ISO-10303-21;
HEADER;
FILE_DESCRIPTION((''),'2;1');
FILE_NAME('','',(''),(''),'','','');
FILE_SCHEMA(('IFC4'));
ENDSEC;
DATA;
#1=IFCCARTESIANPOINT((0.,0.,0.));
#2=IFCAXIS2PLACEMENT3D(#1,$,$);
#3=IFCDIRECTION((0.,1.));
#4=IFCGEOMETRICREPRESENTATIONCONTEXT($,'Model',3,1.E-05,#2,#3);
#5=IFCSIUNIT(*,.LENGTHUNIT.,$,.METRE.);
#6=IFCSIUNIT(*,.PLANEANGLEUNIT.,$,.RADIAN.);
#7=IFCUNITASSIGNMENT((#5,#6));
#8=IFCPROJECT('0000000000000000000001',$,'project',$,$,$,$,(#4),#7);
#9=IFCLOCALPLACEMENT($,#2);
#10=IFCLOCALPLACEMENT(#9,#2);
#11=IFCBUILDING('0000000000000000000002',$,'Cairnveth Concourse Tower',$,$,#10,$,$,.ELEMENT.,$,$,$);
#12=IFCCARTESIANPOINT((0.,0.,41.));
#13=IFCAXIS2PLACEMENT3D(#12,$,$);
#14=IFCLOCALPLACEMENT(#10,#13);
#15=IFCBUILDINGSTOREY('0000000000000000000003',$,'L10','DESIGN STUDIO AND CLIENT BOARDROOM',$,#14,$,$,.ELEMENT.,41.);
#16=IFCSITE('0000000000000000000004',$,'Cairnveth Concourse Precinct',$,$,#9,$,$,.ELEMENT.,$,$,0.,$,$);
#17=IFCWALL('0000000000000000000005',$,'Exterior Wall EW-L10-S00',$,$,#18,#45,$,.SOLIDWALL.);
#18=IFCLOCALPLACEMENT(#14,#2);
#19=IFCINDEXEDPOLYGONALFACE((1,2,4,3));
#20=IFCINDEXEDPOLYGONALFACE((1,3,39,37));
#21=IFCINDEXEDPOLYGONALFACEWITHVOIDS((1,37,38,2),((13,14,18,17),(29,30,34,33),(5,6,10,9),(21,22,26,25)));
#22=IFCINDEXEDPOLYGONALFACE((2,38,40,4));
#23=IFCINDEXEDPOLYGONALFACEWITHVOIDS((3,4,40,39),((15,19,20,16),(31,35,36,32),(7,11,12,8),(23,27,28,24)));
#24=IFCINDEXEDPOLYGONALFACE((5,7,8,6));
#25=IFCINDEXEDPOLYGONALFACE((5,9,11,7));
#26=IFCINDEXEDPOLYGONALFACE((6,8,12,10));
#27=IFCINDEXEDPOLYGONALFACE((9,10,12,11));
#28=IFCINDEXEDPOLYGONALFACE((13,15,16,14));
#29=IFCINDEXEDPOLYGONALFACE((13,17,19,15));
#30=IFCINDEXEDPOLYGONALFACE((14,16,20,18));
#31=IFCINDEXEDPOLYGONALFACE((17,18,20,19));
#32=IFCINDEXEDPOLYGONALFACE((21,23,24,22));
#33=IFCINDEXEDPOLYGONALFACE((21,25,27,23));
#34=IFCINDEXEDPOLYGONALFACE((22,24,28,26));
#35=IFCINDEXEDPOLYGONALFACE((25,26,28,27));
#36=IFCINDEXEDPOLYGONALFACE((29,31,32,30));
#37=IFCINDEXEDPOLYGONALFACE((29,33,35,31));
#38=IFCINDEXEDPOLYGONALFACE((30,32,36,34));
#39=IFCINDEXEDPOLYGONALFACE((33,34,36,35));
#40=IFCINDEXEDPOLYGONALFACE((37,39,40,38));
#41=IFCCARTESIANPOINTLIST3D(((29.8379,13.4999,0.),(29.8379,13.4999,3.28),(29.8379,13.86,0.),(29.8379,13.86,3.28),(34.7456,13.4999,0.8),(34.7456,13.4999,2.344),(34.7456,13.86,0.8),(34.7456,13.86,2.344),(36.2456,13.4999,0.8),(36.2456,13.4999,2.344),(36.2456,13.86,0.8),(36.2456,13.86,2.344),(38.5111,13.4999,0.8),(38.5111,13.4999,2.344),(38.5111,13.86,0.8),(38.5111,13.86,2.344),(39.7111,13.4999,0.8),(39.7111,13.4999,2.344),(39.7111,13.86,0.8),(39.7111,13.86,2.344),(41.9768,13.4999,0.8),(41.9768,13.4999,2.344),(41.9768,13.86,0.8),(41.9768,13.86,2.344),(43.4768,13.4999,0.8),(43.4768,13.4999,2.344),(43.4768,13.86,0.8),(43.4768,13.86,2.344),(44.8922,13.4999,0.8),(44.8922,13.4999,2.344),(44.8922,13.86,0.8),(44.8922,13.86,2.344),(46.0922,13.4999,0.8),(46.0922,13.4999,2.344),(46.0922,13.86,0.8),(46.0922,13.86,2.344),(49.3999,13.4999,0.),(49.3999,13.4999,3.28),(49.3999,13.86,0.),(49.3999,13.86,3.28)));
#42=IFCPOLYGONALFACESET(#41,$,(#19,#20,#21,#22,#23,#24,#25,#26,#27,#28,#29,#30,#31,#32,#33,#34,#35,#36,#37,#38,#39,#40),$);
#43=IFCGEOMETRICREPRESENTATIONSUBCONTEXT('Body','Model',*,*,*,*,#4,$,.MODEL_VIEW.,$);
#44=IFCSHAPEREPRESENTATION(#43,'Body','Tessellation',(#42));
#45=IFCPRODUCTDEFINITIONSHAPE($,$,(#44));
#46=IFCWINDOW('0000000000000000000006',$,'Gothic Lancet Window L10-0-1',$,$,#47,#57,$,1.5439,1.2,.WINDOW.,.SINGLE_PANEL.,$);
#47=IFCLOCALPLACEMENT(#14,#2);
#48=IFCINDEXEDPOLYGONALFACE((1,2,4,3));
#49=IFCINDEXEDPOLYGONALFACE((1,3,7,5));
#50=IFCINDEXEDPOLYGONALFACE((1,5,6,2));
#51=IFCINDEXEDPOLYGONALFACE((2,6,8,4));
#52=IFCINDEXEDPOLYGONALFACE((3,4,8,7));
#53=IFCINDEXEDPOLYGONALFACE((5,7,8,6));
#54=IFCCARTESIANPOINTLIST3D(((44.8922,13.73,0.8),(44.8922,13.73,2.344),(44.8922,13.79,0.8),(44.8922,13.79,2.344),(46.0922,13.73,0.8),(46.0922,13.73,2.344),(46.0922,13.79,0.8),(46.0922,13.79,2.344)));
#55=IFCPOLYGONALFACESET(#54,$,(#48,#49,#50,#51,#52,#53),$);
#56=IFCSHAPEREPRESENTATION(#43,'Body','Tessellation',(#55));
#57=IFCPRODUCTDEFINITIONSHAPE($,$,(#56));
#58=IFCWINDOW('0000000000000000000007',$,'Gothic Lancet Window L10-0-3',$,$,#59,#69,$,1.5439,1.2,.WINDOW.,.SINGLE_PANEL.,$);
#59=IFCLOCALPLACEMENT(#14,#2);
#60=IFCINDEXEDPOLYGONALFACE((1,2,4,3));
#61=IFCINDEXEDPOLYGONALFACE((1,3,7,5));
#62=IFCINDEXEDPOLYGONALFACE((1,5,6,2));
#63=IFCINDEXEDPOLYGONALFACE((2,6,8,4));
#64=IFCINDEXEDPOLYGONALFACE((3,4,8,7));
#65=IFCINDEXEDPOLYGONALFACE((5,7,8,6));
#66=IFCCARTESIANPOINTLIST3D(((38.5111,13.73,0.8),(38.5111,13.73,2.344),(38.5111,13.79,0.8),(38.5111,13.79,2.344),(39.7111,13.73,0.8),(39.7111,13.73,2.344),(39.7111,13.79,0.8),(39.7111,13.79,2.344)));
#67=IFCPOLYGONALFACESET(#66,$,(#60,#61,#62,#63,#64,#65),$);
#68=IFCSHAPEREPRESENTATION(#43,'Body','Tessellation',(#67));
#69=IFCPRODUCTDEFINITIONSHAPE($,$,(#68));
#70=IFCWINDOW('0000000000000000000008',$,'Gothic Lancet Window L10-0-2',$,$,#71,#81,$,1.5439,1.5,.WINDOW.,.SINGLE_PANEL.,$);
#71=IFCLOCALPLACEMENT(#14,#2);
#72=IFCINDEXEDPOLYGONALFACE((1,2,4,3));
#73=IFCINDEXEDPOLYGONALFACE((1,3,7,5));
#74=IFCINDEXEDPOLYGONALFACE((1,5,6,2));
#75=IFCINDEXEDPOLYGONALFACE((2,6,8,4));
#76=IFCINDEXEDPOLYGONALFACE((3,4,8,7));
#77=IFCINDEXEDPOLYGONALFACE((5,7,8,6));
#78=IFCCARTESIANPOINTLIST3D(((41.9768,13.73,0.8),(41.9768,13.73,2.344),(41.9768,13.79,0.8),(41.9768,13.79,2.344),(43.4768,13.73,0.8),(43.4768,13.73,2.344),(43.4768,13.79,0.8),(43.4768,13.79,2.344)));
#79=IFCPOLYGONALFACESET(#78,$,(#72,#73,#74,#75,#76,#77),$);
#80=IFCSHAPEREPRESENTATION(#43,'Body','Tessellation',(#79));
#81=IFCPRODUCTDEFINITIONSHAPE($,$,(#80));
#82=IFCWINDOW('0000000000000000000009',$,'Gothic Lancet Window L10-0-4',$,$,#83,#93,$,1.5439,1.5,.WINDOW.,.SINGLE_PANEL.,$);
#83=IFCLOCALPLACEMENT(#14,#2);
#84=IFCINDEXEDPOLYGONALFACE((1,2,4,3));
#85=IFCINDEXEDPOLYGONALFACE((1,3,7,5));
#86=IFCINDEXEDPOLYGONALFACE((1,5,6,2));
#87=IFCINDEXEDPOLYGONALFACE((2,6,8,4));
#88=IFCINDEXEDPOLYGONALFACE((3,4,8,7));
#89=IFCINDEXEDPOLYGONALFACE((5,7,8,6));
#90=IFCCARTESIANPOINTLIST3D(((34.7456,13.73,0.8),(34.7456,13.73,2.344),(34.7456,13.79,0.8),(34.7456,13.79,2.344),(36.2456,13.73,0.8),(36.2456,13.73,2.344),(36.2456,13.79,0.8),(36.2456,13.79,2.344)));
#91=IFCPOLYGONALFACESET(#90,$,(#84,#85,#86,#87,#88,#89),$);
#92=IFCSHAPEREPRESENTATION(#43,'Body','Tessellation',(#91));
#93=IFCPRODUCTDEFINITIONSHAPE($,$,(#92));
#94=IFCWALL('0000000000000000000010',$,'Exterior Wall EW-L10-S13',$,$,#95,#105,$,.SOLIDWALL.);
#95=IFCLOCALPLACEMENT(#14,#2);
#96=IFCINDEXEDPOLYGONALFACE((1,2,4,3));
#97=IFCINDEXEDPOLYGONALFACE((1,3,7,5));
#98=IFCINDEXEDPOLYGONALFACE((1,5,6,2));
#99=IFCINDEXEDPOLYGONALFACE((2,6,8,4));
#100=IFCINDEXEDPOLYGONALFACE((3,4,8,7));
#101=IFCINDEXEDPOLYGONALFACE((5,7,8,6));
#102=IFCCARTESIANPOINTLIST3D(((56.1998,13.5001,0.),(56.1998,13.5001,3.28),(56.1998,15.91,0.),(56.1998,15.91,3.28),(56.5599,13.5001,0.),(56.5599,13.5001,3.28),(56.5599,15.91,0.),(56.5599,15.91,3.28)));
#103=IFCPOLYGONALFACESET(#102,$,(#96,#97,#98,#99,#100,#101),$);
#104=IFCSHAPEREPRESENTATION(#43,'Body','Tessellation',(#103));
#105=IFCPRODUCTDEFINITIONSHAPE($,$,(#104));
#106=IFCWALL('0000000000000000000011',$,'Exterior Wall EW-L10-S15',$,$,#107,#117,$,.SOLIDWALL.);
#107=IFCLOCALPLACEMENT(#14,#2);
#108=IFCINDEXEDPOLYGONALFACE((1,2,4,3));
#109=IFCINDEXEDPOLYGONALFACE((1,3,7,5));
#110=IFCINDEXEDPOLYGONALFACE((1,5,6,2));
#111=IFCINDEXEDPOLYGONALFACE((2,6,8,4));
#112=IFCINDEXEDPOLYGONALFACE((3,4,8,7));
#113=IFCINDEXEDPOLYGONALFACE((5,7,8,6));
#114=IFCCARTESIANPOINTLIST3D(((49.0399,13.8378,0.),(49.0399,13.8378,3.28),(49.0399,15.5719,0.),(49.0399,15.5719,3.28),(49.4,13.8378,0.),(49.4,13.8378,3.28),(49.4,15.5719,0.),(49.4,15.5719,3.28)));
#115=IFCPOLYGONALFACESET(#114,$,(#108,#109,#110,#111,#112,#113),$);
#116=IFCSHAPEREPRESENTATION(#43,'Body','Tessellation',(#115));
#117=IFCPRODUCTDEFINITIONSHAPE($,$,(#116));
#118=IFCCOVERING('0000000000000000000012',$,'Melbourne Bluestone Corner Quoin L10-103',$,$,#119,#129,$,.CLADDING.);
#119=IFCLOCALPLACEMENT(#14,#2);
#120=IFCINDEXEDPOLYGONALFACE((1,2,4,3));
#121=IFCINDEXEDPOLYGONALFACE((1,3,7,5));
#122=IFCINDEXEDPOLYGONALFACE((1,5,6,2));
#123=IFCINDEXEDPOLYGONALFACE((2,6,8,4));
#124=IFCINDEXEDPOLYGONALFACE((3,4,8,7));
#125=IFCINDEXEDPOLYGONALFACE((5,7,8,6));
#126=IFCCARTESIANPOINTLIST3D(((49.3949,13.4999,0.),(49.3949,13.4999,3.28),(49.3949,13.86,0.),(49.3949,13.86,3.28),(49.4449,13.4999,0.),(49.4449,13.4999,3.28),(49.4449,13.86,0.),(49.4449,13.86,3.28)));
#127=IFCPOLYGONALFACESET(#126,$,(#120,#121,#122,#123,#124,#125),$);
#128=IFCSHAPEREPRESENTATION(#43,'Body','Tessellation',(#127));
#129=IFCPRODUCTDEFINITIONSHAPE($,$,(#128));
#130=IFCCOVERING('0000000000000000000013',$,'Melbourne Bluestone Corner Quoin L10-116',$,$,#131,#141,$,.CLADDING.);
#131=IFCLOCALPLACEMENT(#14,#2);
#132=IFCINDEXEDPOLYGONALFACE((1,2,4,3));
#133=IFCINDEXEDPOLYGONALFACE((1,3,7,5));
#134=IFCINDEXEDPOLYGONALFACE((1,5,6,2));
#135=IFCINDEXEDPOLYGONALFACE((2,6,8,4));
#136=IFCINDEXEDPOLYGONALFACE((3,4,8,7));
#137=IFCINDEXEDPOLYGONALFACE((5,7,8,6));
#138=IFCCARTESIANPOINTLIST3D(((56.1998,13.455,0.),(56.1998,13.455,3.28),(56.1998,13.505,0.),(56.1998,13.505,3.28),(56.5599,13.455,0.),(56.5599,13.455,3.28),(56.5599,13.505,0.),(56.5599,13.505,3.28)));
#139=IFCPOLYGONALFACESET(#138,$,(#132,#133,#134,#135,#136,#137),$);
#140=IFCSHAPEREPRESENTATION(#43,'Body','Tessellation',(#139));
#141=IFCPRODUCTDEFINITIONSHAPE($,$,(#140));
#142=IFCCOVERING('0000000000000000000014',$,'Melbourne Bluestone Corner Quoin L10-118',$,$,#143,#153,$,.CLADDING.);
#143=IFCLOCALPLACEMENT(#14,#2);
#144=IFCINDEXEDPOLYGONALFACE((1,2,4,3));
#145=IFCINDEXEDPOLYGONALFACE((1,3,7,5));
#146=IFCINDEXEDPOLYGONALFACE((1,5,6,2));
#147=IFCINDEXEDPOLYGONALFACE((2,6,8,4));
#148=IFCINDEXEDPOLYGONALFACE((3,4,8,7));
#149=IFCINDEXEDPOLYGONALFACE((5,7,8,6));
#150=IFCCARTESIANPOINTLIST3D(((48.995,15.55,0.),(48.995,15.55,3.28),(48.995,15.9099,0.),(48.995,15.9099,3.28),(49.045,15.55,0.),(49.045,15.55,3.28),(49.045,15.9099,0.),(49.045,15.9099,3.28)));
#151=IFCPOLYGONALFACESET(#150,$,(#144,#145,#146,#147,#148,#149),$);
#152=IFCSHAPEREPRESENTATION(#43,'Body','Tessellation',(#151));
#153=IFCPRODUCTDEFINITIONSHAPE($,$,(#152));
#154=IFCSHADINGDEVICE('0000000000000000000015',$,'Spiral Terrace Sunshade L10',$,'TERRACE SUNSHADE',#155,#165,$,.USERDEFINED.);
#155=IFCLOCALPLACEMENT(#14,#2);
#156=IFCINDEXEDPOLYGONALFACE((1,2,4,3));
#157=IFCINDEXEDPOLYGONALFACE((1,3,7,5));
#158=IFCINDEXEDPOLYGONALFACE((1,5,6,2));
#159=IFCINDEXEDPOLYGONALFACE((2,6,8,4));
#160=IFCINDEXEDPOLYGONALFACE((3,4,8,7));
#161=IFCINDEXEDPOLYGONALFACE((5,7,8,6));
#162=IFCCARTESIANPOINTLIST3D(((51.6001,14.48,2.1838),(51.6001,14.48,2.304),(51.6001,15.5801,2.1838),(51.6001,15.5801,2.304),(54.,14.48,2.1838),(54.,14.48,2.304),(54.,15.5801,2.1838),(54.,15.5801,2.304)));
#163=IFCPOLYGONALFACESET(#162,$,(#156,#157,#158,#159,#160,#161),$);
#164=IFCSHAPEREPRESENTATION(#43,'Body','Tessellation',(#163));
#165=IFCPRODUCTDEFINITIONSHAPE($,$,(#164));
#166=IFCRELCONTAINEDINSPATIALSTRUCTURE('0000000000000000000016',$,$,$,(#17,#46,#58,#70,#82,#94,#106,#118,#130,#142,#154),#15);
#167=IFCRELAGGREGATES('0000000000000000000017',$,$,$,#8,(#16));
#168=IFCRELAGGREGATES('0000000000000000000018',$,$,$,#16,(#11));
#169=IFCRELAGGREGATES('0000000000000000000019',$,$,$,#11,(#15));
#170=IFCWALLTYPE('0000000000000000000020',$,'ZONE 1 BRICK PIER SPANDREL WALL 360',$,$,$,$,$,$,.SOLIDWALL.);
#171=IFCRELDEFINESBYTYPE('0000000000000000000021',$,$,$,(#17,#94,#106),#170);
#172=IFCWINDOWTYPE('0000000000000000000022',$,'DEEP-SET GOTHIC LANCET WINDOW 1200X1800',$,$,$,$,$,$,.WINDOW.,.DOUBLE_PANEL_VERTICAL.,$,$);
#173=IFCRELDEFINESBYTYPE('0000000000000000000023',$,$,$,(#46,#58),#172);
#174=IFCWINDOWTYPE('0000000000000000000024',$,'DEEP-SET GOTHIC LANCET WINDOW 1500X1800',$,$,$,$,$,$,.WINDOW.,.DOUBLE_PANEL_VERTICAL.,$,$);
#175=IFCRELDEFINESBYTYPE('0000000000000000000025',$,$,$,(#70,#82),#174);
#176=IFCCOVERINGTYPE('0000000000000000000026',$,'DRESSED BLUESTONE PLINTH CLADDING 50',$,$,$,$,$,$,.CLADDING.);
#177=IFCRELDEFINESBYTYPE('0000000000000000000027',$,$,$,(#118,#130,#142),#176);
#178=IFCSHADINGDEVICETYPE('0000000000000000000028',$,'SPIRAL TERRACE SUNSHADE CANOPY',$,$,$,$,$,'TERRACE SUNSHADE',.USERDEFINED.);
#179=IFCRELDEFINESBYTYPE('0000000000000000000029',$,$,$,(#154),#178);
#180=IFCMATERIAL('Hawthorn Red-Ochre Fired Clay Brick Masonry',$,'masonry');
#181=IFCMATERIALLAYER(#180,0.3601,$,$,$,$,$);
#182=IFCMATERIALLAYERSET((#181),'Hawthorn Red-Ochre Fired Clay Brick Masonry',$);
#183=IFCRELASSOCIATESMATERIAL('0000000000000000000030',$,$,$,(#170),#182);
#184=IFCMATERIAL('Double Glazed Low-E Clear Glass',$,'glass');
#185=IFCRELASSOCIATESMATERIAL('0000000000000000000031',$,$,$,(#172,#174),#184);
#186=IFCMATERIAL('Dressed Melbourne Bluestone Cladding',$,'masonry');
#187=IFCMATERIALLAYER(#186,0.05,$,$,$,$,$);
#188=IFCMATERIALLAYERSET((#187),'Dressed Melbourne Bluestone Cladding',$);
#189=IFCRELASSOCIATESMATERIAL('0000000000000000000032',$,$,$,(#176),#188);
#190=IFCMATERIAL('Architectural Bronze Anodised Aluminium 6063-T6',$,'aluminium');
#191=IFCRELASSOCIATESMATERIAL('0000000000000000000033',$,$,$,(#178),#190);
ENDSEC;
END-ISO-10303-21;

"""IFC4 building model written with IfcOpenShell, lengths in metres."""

from ifc_helpers import new_model, si_unit, direction, frame, frame_2d, origin, origin_2d, place, context, subcontext, project, spatial, rectangle, extrude, material, layer, layer_set, type_object, element, fill, save


model = new_model("IFC4")

# Units and contexts
model_context = context("Model", 3, precision=1e-05, world=origin(), true_north=direction((0.0, 1.0)))
body_context = subcontext(model_context, "Body", "Model", "MODEL_VIEW")
ifc_project = project(units=[si_unit("LENGTHUNIT", "METRE"), si_unit("PLANEANGLEUNIT", "RADIAN")], contexts=[model_context])

# Site, building, storey
site_placement = place(None, origin())
site = spatial("IfcSite", under=ifc_project, at=site_placement, Name="Cairnveth Concourse Precinct", CompositionType="ELEMENT", RefElevation=0.0)
building_placement = place(site_placement, origin())
building = spatial("IfcBuilding", under=site, at=building_placement, Name="Cairnveth Concourse Tower", CompositionType="ELEMENT")
storey_placement = place(building_placement, frame((0.0, 0.0, 41.0)))
storey = spatial("IfcBuildingStorey", under=building, at=storey_placement, Name="L10", Description="DESIGN STUDIO AND CLIENT BOARDROOM", CompositionType="ELEMENT", Elevation=41.0)

# Shared definitions
ifc_material_1 = material(Name="Dressed Melbourne Bluestone Cladding", Category="masonry")

# Wall, openings, windows
ifc_material_2 = material(Name="Hawthorn Red-Ochre Fired Clay Brick Masonry", Category="masonry")
ifc_layer_1 = layer(ifc_material_2, 0.3601)
ifc_layer_set_1 = layer_set([ifc_layer_1], Name="Hawthorn Red-Ochre Fired Clay Brick Masonry")
wall_type_1 = type_object("IfcWallType", Name="ZONE 1 BRICK PIER SPANDREL WALL 360", PredefinedType="SOLIDWALL", material=ifc_layer_set_1)
wall_1_placement = place(storey_placement, frame((49.3999, 13.6799, 0.0), z_axis=(0.0, 0.0, 1.0), x_axis=(-1.0, 0.0, 0.0)))
wall_1 = element("IfcWall", 1, at=wall_1_placement, inside=storey, type_object=wall_type_1, Name="Exterior Wall EW-L10-S00", PredefinedType="SOLIDWALL", context=body_context, shape_type="SweptSolid", body=[
    extrude(rectangle(XDim=19.562, YDim=0.3601, at=frame_2d((9.781, 0.0))), origin(), (0.0, 0.0, 1.0), 3.28),
])
opening_1_placement = place(wall_1_placement, frame((3.3076, 0.0, 0.8)))
opening_1 = element("IfcOpeningElement", 2, at=opening_1_placement, cuts=wall_1, PredefinedType="OPENING", context=body_context, shape_type="SweptSolid", body=[
    extrude(rectangle(XDim=1.2, YDim=1.5439, at=frame_2d((0.6001, 0.772))), frame((0.0, 0.1899, 0.0), z_axis=(0.0, -1.0, 0.0), x_axis=(1.0, 0.0, 0.0)), (0.0, 0.0, 1.0), 0.3801),
])
opening_2_placement = place(wall_1_placement, frame((5.9231, 0.0, 0.8)))
opening_2 = element("IfcOpeningElement", 3, at=opening_2_placement, cuts=wall_1, PredefinedType="OPENING", context=body_context, shape_type="SweptSolid", body=[
    extrude(rectangle(XDim=1.5, YDim=1.5439, at=frame_2d((0.75, 0.772))), frame((0.0, 0.1899, 0.0), z_axis=(0.0, -1.0, 0.0), x_axis=(1.0, 0.0, 0.0)), (0.0, 0.0, 1.0), 0.3801),
])
opening_3_placement = place(wall_1_placement, frame((9.6887, 0.0, 0.8)))
opening_3 = element("IfcOpeningElement", 4, at=opening_3_placement, cuts=wall_1, PredefinedType="OPENING", context=body_context, shape_type="SweptSolid", body=[
    extrude(rectangle(XDim=1.2, YDim=1.5439, at=frame_2d((0.6001, 0.772))), frame((0.0, 0.1899, 0.0), z_axis=(0.0, -1.0, 0.0), x_axis=(1.0, 0.0, 0.0)), (0.0, 0.0, 1.0), 0.3801),
])
opening_4_placement = place(wall_1_placement, frame((13.1543, 0.0, 0.8)))
opening_4 = element("IfcOpeningElement", 5, at=opening_4_placement, cuts=wall_1, PredefinedType="OPENING", context=body_context, shape_type="SweptSolid", body=[
    extrude(rectangle(XDim=1.5, YDim=1.5439, at=frame_2d((0.75, 0.772))), frame((0.0, 0.1899, 0.0), z_axis=(0.0, -1.0, 0.0), x_axis=(1.0, 0.0, 0.0)), (0.0, 0.0, 1.0), 0.3801),
])
ifc_material_3 = material(Name="Double Glazed Low-E Clear Glass", Category="glass")
window_type_1 = type_object("IfcWindowType", Name="DEEP-SET GOTHIC LANCET WINDOW 1200X1800", PartitioningType="DOUBLE_PANEL_VERTICAL", PredefinedType="WINDOW", material=ifc_material_3)
window_1_placement = place(opening_1_placement, origin())
window_1 = element("IfcWindow", 6, at=window_1_placement, inside=storey, type_object=window_type_1, Name="Gothic Lancet Window L10-0-1", OverallHeight=1.5439, OverallWidth=1.2, PartitioningType="SINGLE_PANEL", PredefinedType="WINDOW", context=body_context, shape_type="SweptSolid", body=[
    extrude(rectangle(XDim=1.2, YDim=1.5439, at=frame_2d((0.6001, 0.772))), frame((0.0, -0.05, 0.0), z_axis=(0.0, -1.0, 0.0), x_axis=(1.0, 0.0, 0.0)), (0.0, 0.0, 1.0), 0.0601),
])
fill(opening_1, window_1)
window_2_placement = place(opening_3_placement, origin())
window_2 = element("IfcWindow", 7, at=window_2_placement, inside=storey, type_object=window_type_1, Name="Gothic Lancet Window L10-0-3", OverallHeight=1.5439, OverallWidth=1.2, PartitioningType="SINGLE_PANEL", PredefinedType="WINDOW", context=body_context, shape_type="SweptSolid", body=[
    extrude(rectangle(XDim=1.2, YDim=1.5439, at=frame_2d((0.6001, 0.772))), frame((0.0, -0.05, 0.0), z_axis=(0.0, -1.0, 0.0), x_axis=(1.0, 0.0, 0.0)), (0.0, 0.0, 1.0), 0.0601),
])
fill(opening_3, window_2)
window_type_2 = type_object("IfcWindowType", Name="DEEP-SET GOTHIC LANCET WINDOW 1500X1800", PartitioningType="DOUBLE_PANEL_VERTICAL", PredefinedType="WINDOW", material=ifc_material_3)
window_3_placement = place(opening_2_placement, origin())
window_3 = element("IfcWindow", 8, at=window_3_placement, inside=storey, type_object=window_type_2, Name="Gothic Lancet Window L10-0-2", OverallHeight=1.5439, OverallWidth=1.5, PartitioningType="SINGLE_PANEL", PredefinedType="WINDOW", context=body_context, shape_type="SweptSolid", body=[
    extrude(rectangle(XDim=1.5, YDim=1.5439, at=frame_2d((0.75, 0.772))), frame((0.0, -0.05, 0.0), z_axis=(0.0, -1.0, 0.0), x_axis=(1.0, 0.0, 0.0)), (0.0, 0.0, 1.0), 0.0601),
])
fill(opening_2, window_3)
window_4_placement = place(opening_4_placement, origin())
window_4 = element("IfcWindow", 9, at=window_4_placement, inside=storey, type_object=window_type_2, Name="Gothic Lancet Window L10-0-4", OverallHeight=1.5439, OverallWidth=1.5, PartitioningType="SINGLE_PANEL", PredefinedType="WINDOW", context=body_context, shape_type="SweptSolid", body=[
    extrude(rectangle(XDim=1.5, YDim=1.5439, at=frame_2d((0.75, 0.772))), frame((0.0, -0.05, 0.0), z_axis=(0.0, -1.0, 0.0), x_axis=(1.0, 0.0, 0.0)), (0.0, 0.0, 1.0), 0.0601),
])
fill(opening_4, window_4)

# Wall
wall_2_placement = place(storey_placement, frame((56.3799, 13.5, 0.0), z_axis=(0.0, 0.0, 1.0), x_axis=(0.0, 1.0, 0.0)))
element("IfcWall", 10, at=wall_2_placement, inside=storey, type_object=wall_type_1, Name="Exterior Wall EW-L10-S13", PredefinedType="SOLIDWALL", context=body_context, shape_type="SweptSolid", body=[
    extrude(rectangle(XDim=2.4099, YDim=0.3601, at=frame_2d((1.2051, 0.0))), origin(), (0.0, 0.0, 1.0), 3.28),
])

# Shared definitions
ifc_material_4 = material(Name="Architectural Bronze Anodised Aluminium 6063-T6", Category="aluminium")

# Wall
wall_3_placement = place(storey_placement, frame((49.22, 15.572, 0.0), z_axis=(0.0, 0.0, 1.0), x_axis=(0.0, -1.0, 0.0)))
element("IfcWall", 11, at=wall_3_placement, inside=storey, type_object=wall_type_1, Name="Exterior Wall EW-L10-S15", PredefinedType="SOLIDWALL", context=body_context, shape_type="SweptSolid", body=[
    extrude(rectangle(XDim=1.7341, YDim=0.3601, at=frame_2d((0.8672, 0.0))), origin(), (0.0, 0.0, 1.0), 3.28),
])

# Coverings
ifc_layer_2 = layer(ifc_material_1, 0.05)
ifc_layer_set_2 = layer_set([ifc_layer_2], Name="Dressed Melbourne Bluestone Cladding")
covering_type = type_object("IfcCoveringType", Name="DRESSED BLUESTONE PLINTH CLADDING 50", PredefinedType="CLADDING", material=ifc_layer_set_2)
for number, where, z_axis, x_axis, name in (
    (12, (49.4199, 13.8601, 0.0), (0.0, 0.0, 1.0), (0.0, -1.0, 0.0), "Melbourne Bluestone Corner Quoin L10-103"),
    (13, (56.5601, 13.48, 0.0), (0.0, 0.0, 1.0), (-1.0, 0.0, 0.0), "Melbourne Bluestone Corner Quoin L10-116"),
):
    element("IfcCovering", number, at=place(storey_placement, frame(where, z_axis=z_axis, x_axis=x_axis)), inside=storey, type_object=covering_type, Name=name, PredefinedType="CLADDING", context=body_context, shape_type="SweptSolid", body=[
        extrude(rectangle(XDim=0.3601, YDim=0.05, at=frame_2d((0.1802, 0.0))), origin(), (0.0, 0.0, 1.0), 3.28),
    ])
covering_placement = place(storey_placement, frame((49.02, 15.9099, 0.0), z_axis=(0.0, 0.0, 1.0), x_axis=(0.0, -1.0, 0.0)))
element("IfcCovering", 14, at=covering_placement, inside=storey, type_object=covering_type, Name="Melbourne Bluestone Corner Quoin L10-118", PredefinedType="CLADDING", context=body_context, shape_type="SweptSolid", body=[
    extrude(rectangle(XDim=0.3599, YDim=0.05, at=frame_2d((0.1799, 0.0))), origin(), (0.0, 0.0, 1.0), 3.28),
])

# Shading device
shading_device_type = type_object("IfcShadingDeviceType", Name="SPIRAL TERRACE SUNSHADE CANOPY", ElementType="TERRACE SUNSHADE", PredefinedType="USERDEFINED", material=ifc_material_4)
shading_device_placement = place(storey_placement, frame((52.8, 15.03, 2.1838), z_axis=(0.0, 0.0, 1.0), x_axis=(1.0, 0.0, 0.0)))
element("IfcShadingDevice", 15, at=shading_device_placement, inside=storey, type_object=shading_device_type, Name="Spiral Terrace Sunshade L10", ObjectType="TERRACE SUNSHADE", PredefinedType="USERDEFINED", context=body_context, shape_type="SweptSolid", body=[
    extrude(rectangle(XDim=2.3999, YDim=1.1001, at=origin_2d()), origin(), (0.0, 0.0, 1.0), 0.1201),
])

save(model, "model.ifc")
